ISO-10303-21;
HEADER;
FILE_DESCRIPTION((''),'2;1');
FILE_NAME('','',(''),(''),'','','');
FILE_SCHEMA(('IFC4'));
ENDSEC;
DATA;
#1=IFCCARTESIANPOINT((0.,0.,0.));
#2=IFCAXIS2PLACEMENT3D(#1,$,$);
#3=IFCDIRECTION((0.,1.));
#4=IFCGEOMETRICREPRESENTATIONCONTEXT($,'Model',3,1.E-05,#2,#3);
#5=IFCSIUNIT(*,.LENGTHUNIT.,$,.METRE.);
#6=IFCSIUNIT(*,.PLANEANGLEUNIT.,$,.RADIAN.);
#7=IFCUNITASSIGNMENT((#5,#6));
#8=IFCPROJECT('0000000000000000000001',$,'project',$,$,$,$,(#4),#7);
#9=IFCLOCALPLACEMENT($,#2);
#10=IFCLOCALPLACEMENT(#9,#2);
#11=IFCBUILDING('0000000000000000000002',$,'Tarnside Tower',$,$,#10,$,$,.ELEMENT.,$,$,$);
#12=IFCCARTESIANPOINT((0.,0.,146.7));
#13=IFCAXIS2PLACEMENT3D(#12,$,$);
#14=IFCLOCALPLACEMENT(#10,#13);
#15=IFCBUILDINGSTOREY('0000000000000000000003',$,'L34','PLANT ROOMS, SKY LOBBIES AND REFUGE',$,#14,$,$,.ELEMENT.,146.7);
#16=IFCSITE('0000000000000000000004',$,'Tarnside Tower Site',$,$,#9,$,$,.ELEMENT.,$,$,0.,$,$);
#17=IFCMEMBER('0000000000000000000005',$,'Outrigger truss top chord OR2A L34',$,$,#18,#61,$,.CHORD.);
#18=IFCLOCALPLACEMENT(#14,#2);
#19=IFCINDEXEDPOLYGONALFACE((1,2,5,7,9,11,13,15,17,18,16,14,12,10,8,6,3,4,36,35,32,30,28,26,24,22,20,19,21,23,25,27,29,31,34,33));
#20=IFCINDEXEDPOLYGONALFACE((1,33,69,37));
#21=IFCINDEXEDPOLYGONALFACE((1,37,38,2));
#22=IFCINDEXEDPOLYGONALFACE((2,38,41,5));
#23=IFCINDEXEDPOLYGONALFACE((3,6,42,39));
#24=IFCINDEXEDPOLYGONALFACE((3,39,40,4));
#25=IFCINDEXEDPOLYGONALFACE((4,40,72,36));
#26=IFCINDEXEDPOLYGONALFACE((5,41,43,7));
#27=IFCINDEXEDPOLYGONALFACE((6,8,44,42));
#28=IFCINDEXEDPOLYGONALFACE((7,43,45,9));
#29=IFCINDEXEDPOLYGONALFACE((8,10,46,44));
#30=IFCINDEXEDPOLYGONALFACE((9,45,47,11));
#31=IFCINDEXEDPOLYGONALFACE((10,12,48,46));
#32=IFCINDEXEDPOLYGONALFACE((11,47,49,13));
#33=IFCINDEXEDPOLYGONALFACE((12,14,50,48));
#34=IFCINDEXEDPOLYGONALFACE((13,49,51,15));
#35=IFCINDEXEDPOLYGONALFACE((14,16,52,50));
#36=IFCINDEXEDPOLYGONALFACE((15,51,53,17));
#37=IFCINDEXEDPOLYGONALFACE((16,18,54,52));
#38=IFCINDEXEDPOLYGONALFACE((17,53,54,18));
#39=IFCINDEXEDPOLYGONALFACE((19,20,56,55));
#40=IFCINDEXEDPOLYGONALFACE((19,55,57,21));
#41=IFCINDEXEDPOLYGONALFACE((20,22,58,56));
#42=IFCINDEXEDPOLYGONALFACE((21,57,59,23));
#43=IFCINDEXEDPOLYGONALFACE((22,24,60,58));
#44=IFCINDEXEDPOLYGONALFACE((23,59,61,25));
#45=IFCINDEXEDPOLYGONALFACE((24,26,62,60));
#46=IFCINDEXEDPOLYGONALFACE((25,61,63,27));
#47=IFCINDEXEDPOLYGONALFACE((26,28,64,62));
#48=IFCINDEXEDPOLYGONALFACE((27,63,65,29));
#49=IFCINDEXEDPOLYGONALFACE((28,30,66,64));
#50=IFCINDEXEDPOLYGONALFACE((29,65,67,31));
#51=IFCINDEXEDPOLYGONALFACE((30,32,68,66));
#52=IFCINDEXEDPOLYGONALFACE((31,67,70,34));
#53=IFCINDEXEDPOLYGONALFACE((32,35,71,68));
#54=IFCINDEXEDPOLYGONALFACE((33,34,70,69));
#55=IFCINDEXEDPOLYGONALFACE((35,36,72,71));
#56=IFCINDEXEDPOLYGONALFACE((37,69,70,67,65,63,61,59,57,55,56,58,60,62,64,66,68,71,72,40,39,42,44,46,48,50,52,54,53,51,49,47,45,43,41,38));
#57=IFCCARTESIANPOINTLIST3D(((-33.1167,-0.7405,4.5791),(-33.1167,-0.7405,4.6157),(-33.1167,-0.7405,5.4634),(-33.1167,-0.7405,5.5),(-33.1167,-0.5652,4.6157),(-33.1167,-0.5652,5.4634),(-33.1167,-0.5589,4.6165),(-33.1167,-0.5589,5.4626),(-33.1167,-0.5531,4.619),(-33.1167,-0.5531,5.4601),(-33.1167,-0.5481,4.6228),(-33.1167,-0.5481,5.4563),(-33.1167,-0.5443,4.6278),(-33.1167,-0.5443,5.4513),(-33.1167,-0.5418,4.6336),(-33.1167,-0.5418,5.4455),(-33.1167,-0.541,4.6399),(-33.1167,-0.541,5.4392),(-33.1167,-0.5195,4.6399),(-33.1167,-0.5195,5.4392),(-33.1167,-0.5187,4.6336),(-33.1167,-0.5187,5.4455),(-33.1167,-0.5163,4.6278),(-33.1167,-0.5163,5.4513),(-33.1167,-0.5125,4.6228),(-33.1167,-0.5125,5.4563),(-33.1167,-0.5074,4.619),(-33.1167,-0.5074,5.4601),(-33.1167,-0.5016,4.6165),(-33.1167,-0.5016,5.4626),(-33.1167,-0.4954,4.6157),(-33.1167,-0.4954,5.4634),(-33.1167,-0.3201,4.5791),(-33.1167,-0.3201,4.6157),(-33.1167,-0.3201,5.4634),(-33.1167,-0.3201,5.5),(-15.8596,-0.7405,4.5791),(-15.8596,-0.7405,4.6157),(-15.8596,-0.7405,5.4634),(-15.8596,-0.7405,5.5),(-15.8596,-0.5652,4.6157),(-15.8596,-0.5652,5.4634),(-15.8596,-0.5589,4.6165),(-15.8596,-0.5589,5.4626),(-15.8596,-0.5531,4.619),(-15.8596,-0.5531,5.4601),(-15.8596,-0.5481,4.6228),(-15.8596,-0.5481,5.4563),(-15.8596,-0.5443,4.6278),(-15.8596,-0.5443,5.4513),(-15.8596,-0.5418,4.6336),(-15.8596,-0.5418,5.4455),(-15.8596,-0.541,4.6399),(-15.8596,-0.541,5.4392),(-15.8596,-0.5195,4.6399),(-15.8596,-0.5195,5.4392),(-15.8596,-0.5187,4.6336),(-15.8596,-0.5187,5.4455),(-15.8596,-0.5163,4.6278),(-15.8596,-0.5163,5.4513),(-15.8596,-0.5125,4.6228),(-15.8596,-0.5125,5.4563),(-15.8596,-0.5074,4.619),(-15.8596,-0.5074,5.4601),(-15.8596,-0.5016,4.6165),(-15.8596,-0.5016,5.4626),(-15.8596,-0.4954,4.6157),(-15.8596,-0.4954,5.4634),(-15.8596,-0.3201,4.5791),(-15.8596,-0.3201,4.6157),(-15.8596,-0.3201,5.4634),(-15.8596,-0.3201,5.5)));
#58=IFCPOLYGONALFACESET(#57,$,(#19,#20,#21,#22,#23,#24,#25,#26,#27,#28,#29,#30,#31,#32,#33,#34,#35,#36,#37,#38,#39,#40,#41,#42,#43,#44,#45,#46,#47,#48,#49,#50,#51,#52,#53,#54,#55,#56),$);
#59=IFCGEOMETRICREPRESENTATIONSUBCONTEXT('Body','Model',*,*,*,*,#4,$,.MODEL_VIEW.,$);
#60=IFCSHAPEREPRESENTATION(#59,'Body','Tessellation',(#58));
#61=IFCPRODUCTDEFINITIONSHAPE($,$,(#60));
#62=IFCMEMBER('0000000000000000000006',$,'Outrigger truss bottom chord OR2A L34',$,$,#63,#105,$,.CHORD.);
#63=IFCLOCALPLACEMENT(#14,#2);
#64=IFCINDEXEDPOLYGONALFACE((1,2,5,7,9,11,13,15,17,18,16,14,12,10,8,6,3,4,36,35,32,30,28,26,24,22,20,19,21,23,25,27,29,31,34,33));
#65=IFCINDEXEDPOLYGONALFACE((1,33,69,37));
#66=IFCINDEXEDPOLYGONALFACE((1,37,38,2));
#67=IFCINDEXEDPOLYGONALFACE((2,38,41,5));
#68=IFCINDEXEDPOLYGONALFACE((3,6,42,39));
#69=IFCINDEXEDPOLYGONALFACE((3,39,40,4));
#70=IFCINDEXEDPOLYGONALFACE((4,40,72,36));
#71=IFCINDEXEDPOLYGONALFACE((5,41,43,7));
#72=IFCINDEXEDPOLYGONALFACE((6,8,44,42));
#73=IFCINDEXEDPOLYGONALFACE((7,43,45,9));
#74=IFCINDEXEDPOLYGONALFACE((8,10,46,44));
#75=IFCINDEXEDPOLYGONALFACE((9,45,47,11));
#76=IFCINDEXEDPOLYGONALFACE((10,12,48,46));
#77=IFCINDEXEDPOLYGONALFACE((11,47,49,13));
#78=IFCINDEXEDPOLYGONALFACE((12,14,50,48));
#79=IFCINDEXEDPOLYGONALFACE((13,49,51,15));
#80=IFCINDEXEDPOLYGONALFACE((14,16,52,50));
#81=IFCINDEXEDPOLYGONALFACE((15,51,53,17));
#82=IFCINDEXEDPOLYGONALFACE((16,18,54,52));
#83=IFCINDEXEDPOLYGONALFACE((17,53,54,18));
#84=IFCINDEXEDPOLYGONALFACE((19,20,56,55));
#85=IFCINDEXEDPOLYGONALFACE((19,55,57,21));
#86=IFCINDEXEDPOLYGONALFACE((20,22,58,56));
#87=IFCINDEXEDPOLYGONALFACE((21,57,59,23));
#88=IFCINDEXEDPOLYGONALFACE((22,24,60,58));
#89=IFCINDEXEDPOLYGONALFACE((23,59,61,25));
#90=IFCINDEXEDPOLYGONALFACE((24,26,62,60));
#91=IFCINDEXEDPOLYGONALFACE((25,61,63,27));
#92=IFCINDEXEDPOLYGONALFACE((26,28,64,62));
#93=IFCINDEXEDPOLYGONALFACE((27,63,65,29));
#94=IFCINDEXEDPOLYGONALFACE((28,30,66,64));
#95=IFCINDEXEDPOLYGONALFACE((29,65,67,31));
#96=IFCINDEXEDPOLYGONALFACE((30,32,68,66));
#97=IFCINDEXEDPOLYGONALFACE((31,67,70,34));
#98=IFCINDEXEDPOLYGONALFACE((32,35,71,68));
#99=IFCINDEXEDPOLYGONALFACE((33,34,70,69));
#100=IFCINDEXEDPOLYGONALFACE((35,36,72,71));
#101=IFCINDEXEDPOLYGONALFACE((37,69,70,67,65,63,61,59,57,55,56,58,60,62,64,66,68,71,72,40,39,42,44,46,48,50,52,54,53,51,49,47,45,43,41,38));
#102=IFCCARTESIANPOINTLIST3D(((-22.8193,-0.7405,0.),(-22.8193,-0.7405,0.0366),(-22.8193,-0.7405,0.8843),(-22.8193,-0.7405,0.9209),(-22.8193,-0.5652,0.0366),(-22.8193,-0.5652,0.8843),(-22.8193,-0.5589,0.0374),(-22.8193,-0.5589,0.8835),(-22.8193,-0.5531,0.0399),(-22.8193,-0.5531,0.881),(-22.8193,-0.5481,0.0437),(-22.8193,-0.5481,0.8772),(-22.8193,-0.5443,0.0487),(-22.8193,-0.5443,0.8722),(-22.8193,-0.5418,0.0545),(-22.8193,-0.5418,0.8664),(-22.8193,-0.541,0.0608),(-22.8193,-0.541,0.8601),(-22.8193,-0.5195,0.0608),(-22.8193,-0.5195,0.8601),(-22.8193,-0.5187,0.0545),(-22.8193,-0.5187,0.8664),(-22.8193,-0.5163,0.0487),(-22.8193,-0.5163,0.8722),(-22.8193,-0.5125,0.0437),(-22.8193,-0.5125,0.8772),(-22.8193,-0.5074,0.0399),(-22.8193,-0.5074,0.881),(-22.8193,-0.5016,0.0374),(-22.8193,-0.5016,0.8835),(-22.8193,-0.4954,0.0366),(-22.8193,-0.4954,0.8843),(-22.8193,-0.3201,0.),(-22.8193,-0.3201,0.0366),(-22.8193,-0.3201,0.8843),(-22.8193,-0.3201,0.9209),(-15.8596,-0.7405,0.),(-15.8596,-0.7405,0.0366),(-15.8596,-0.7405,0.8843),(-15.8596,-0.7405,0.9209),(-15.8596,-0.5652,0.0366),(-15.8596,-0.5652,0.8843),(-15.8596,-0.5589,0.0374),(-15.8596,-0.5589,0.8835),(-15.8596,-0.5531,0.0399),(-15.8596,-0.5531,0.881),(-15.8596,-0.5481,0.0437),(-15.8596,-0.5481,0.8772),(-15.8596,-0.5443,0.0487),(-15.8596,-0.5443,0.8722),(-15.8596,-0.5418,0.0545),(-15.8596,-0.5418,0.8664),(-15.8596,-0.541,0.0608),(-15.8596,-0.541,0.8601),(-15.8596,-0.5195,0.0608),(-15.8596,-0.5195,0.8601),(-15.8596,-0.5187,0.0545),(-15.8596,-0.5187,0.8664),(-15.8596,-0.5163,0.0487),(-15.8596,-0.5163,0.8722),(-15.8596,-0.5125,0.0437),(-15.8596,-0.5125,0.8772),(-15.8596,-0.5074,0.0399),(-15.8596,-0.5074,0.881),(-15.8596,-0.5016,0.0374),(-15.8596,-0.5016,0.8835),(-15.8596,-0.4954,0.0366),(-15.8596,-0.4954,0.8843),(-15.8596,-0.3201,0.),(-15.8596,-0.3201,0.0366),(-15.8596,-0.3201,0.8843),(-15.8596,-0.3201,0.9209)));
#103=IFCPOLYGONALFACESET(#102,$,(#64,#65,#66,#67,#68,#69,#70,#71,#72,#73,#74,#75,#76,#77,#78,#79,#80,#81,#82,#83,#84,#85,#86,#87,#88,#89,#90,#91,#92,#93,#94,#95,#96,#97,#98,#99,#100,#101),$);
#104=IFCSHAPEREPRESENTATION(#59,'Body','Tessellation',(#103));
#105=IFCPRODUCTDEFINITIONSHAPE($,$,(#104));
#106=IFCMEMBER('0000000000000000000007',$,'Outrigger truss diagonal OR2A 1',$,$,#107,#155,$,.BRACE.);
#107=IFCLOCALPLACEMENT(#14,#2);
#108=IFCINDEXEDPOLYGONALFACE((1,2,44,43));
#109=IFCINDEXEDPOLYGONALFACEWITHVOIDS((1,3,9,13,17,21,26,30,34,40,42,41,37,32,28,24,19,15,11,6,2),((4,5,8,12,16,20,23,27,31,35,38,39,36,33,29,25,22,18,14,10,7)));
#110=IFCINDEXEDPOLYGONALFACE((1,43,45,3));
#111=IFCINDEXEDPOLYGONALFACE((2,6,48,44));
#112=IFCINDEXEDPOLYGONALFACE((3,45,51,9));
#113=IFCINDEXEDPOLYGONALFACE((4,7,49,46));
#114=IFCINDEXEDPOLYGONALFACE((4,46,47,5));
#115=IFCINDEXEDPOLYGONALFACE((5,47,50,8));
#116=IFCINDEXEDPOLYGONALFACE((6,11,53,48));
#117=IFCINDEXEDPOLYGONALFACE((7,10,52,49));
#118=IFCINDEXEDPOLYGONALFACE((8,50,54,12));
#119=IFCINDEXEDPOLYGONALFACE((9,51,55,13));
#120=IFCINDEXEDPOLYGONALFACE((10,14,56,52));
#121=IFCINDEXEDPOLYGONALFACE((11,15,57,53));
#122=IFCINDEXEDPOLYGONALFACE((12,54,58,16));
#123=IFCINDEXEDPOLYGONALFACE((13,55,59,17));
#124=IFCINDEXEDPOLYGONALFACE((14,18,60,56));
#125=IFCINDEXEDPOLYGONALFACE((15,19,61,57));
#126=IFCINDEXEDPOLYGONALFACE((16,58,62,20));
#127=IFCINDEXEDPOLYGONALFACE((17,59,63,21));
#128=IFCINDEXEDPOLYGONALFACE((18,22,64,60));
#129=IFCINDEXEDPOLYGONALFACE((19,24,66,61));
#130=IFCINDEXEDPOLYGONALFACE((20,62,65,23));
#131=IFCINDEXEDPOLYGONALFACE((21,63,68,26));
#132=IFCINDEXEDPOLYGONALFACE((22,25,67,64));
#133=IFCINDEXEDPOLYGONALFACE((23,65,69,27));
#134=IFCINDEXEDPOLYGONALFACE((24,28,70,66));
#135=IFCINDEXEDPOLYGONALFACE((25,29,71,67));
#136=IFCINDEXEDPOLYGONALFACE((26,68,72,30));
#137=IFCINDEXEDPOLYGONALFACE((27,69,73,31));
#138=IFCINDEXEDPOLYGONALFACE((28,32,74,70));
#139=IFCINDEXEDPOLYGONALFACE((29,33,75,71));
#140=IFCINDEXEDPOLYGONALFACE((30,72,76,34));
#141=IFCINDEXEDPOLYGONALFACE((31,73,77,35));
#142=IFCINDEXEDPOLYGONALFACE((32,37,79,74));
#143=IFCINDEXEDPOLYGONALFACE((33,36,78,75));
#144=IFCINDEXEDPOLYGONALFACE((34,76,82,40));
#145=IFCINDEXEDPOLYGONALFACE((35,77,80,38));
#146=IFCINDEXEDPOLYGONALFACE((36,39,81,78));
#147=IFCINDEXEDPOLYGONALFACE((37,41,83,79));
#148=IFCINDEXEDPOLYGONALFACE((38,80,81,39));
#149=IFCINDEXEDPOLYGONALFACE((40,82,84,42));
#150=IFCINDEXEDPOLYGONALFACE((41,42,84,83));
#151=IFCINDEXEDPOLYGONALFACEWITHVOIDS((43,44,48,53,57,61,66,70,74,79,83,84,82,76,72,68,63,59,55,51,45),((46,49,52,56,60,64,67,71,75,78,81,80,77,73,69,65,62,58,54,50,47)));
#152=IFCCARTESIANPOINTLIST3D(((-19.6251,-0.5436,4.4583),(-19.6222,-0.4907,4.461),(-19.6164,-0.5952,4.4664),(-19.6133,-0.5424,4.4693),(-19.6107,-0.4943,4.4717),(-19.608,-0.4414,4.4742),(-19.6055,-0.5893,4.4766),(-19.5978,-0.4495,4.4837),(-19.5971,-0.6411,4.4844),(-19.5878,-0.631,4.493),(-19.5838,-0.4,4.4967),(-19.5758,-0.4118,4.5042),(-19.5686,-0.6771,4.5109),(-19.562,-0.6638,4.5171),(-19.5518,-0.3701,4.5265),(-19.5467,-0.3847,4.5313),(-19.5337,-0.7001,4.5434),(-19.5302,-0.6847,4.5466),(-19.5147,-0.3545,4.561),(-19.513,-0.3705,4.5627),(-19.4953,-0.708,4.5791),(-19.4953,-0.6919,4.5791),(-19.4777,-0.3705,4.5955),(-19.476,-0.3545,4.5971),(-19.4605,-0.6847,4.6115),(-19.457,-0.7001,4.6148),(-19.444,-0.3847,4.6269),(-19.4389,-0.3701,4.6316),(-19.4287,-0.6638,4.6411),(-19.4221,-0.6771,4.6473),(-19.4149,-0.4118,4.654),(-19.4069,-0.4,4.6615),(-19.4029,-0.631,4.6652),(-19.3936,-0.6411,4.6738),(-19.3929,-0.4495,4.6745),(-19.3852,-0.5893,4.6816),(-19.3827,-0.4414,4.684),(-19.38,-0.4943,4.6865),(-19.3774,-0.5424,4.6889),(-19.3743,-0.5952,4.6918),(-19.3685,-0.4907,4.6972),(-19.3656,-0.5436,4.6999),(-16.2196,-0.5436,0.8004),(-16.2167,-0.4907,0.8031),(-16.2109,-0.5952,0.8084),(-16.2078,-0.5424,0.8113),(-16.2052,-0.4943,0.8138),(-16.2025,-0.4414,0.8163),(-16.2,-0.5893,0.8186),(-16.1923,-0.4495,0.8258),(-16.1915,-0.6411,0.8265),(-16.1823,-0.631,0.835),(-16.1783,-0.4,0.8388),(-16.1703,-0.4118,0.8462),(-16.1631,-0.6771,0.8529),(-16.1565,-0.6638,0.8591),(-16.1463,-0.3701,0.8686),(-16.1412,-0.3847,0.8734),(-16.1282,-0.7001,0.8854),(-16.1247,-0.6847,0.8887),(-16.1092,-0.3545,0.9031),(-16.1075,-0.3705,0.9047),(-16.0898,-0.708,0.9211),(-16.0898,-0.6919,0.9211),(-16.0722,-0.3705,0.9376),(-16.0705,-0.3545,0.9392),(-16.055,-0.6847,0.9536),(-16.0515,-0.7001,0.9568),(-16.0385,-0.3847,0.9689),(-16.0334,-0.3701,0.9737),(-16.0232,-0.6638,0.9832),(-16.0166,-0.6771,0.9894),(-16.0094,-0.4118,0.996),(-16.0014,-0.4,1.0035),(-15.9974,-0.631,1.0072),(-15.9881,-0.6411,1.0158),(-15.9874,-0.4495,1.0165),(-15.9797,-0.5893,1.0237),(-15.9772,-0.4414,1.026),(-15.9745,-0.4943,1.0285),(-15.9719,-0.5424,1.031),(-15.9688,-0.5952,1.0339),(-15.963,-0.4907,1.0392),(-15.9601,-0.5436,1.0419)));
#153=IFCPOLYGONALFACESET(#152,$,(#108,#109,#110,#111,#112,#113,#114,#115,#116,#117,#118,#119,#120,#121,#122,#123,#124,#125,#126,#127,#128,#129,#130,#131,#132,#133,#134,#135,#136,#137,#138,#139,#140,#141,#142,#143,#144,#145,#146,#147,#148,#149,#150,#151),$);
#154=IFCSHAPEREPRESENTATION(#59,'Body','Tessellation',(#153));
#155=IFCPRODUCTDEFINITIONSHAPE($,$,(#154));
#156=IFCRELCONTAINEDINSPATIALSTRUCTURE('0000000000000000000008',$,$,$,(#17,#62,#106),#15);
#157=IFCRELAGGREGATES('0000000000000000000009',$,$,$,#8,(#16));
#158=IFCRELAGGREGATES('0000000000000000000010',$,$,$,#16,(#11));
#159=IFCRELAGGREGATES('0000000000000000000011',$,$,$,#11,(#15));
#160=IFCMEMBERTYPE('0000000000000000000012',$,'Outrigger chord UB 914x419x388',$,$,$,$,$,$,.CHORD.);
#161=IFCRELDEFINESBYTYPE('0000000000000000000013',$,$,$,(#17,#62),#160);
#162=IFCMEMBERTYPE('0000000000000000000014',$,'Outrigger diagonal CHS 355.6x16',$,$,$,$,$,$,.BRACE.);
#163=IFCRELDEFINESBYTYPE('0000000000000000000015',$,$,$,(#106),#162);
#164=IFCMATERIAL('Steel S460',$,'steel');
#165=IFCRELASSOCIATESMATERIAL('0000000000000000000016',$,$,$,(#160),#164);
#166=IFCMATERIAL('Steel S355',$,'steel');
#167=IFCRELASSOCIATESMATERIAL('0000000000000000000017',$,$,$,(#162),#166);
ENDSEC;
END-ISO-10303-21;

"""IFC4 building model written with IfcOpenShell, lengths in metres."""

from ifc_helpers import new_model, si_unit, direction, frame, origin, origin_2d, place, context, subcontext, project, spatial, hollow_circle, i_section, extrude, material, material_profile, profile_set, type_object, element, save


model = new_model("IFC4")

# Units and contexts
model_context = context("Model", 3, precision=1e-05, world=origin(), true_north=direction((0.0, 1.0)))
body_context = subcontext(model_context, "Body", "Model", "MODEL_VIEW")
ifc_project = project(units=[si_unit("LENGTHUNIT", "METRE"), si_unit("PLANEANGLEUNIT", "RADIAN")], contexts=[model_context])

# Site, building, storey
site_placement = place(None, origin())
site = spatial("IfcSite", under=ifc_project, at=site_placement, Name="Tarnside Tower Site", CompositionType="ELEMENT", RefElevation=0.0)
building_placement = place(site_placement, origin())
building = spatial("IfcBuilding", under=site, at=building_placement, Name="Tarnside Tower", CompositionType="ELEMENT")
storey_placement = place(building_placement, frame((0.0, 0.0, 146.7)))
storey = spatial("IfcBuildingStorey", under=building, at=storey_placement, Name="L34", Description="PLANT ROOMS, SKY LOBBIES AND REFUGE", CompositionType="ELEMENT", Elevation=146.7)

# Members
ifc_material_1 = material(Name="Steel S460", Category="steel")
ifc_material_profile_1 = material_profile(ifc_material_1, i_section(OverallWidth=0.4204, OverallDepth=0.9209, WebThickness=0.0215, FlangeThickness=0.0366, FilletRadius=0.0242, at=origin_2d()), Name="UB 914x419x388")
ifc_profile_set_1 = profile_set([ifc_material_profile_1], Name="Steel S460")
member_type_1 = type_object("IfcMemberType", Name="Outrigger chord UB 914x419x388", PredefinedType="CHORD", material=ifc_profile_set_1)
member_1_placement = place(storey_placement, frame((-15.8596, -0.5303, 5.0396), z_axis=(-1.0, 0.0, 0.0), x_axis=(0.0, -1.0, 0.0)))
element("IfcMember", 1, at=member_1_placement, inside=storey, type_object=member_type_1, Name="Outrigger truss top chord OR2A L34", PredefinedType="CHORD", context=body_context, shape_type="SweptSolid", body=[
    extrude(i_section(OverallWidth=0.4204, OverallDepth=0.9209, WebThickness=0.0215, FlangeThickness=0.0366, FilletRadius=0.0242, at=origin_2d()), origin(), (0.0, 0.0, 1.0), 17.2571),
])
member_2_placement = place(storey_placement, frame((-15.8596, -0.5303, 0.4604), z_axis=(-1.0, 0.0, 0.0), x_axis=(0.0, -1.0, 0.0)))
element("IfcMember", 2, at=member_2_placement, inside=storey, type_object=member_type_1, Name="Outrigger truss bottom chord OR2A L34", PredefinedType="CHORD", context=body_context, shape_type="SweptSolid", body=[
    extrude(i_section(OverallWidth=0.4204, OverallDepth=0.9209, WebThickness=0.0215, FlangeThickness=0.0366, FilletRadius=0.0242, at=origin_2d()), origin(), (0.0, 0.0, 1.0), 6.9597),
])
ifc_material_2 = material(Name="Steel S355", Category="steel")
ifc_material_profile_2 = material_profile(ifc_material_2, hollow_circle(Radius=0.1777, WallThickness=0.0161, at=origin_2d()), Name="CHS 355.6x16")
ifc_profile_set_2 = profile_set([ifc_material_profile_2], Name="Steel S355")
member_type_2 = type_object("IfcMemberType", Name="Outrigger diagonal CHS 355.6x16", PredefinedType="BRACE", material=ifc_profile_set_2)
member_3_placement = place(storey_placement, frame((-16.0898, -0.5303, 0.9211), z_axis=(-0.6814, 0.0, 0.731911), x_axis=(0.0, -1.0, 0.0)))
element("IfcMember", 3, at=member_3_placement, inside=storey, type_object=member_type_2, Name="Outrigger truss diagonal OR2A 1", PredefinedType="BRACE", context=body_context, shape_type="SweptSolid", body=[
    extrude(hollow_circle(Radius=0.1777, WallThickness=0.0161, at=origin_2d()), origin(), (0.0, 0.0, 1.0), 4.9978),
])

save(model, "model.ifc")
